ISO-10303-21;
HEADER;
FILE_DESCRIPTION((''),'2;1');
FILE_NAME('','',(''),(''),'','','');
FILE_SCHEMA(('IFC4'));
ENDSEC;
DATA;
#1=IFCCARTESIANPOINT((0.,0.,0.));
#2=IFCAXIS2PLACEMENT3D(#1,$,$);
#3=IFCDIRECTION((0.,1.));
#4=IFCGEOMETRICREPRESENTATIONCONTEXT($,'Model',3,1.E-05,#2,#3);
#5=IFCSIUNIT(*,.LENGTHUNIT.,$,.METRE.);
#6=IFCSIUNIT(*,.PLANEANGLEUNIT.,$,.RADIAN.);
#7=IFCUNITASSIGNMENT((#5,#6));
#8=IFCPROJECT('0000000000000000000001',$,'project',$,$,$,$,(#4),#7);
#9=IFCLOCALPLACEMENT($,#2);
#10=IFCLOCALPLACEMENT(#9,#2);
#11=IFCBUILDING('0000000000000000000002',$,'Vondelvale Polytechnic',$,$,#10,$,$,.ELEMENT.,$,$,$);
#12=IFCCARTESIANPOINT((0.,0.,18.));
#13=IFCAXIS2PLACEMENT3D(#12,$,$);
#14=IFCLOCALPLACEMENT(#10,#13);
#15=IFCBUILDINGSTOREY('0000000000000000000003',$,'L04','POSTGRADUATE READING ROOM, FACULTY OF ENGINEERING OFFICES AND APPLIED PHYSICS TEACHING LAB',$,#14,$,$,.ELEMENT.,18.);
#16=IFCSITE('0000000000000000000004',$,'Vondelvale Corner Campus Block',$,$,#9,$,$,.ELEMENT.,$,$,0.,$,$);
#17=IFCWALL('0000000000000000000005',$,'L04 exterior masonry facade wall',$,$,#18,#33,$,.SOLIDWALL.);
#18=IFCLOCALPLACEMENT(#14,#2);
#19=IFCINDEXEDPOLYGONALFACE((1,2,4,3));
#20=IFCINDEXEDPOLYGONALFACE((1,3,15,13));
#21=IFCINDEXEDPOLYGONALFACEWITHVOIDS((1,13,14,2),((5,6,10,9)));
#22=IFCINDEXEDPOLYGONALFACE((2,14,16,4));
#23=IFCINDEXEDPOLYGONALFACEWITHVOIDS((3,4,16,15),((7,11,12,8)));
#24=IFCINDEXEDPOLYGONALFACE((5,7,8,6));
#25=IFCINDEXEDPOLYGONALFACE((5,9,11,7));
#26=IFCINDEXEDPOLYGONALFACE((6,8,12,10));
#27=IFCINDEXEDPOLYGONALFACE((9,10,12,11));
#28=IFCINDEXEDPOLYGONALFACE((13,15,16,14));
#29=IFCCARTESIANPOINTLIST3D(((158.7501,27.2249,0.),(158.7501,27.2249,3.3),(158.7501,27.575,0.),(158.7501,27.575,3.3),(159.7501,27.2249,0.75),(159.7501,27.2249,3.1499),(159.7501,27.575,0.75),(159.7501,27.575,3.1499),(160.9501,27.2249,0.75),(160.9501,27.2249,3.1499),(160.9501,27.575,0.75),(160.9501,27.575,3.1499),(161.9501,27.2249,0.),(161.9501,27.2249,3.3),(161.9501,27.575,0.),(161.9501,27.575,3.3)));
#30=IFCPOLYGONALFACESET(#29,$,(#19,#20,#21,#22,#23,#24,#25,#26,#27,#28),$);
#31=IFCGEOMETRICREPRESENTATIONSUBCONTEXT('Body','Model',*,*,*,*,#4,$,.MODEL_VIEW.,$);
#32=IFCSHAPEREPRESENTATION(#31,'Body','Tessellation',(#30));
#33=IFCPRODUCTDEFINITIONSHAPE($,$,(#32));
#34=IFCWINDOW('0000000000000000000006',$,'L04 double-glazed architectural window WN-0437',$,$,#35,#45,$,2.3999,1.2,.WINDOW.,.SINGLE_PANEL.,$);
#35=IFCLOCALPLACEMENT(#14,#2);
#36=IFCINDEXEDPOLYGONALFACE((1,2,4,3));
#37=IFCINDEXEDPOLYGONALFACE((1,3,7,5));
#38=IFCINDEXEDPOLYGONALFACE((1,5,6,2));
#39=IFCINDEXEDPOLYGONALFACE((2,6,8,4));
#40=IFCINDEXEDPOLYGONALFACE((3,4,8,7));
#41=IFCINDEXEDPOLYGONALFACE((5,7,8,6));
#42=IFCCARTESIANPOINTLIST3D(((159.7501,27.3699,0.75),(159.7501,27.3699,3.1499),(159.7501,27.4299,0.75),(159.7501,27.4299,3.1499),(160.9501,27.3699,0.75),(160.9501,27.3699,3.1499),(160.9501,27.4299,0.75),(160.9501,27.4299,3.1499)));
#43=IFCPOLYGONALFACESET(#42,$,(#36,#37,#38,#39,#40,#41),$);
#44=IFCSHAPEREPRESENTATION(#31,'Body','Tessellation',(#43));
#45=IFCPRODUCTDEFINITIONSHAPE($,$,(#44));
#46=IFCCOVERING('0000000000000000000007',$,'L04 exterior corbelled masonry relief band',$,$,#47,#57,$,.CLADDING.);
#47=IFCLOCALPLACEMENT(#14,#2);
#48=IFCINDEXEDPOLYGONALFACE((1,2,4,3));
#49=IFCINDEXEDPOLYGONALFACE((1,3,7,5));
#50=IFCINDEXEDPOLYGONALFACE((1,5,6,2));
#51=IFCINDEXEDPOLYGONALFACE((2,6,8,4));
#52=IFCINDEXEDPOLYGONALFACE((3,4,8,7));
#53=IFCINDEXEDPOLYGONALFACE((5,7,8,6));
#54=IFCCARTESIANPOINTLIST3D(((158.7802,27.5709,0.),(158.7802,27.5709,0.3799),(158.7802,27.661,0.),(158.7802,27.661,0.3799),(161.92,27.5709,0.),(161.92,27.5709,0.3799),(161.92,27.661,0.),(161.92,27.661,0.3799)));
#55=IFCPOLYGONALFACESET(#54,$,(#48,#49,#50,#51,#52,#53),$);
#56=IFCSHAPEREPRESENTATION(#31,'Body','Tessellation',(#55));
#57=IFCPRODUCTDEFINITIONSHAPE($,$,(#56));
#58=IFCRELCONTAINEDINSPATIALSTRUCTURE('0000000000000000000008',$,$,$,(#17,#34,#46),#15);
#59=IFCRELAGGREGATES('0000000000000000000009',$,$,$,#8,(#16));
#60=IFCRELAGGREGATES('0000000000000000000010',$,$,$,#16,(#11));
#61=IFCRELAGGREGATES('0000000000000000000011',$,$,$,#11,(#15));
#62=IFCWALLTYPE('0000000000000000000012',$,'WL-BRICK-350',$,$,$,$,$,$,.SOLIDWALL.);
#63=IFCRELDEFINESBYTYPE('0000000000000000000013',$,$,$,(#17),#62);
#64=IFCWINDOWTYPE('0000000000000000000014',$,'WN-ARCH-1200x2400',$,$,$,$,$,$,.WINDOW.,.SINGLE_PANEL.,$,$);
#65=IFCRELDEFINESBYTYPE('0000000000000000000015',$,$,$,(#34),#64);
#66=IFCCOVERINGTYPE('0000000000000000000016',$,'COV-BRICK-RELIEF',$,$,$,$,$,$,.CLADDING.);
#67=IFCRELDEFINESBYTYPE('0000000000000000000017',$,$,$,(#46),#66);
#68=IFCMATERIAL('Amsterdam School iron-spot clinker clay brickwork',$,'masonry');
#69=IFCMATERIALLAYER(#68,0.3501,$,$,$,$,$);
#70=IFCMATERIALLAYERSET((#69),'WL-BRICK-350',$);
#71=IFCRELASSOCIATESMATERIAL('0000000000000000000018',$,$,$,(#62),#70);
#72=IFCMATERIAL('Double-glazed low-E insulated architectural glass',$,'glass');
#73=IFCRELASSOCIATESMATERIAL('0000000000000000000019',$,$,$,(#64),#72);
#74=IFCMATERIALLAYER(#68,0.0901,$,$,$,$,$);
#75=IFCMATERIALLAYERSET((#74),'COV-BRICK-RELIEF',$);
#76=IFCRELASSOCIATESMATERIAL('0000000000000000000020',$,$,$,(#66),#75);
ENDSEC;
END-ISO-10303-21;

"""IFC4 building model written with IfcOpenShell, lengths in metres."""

from ifc_helpers import new_model, si_unit, direction, frame, frame_2d, origin, origin_2d, place, context, subcontext, project, spatial, rectangle, extrude, material, layer, layer_set, type_object, element, fill, save


model = new_model("IFC4")

# Units and contexts
model_context = context("Model", 3, precision=1e-05, world=origin(), true_north=direction((0.0, 1.0)))
body_context = subcontext(model_context, "Body", "Model", "MODEL_VIEW")
ifc_project = project(units=[si_unit("LENGTHUNIT", "METRE"), si_unit("PLANEANGLEUNIT", "RADIAN")], contexts=[model_context])

# Site, building, storey
site_placement = place(None, origin())
site = spatial("IfcSite", under=ifc_project, at=site_placement, Name="Vondelvale Corner Campus Block", CompositionType="ELEMENT", RefElevation=0.0)
building_placement = place(site_placement, origin())
building = spatial("IfcBuilding", under=site, at=building_placement, Name="Vondelvale Polytechnic", CompositionType="ELEMENT")
storey_placement = place(building_placement, frame((0.0, 0.0, 18.0)))
storey = spatial("IfcBuildingStorey", under=building, at=storey_placement, Name="L04", Description="POSTGRADUATE READING ROOM, FACULTY OF ENGINEERING OFFICES AND APPLIED PHYSICS TEACHING LAB", CompositionType="ELEMENT", Elevation=18.0)

# Shared definitions
ifc_material_1 = material(Name="Double-glazed low-E insulated architectural glass", Category="glass")

# Wall, opening, window
ifc_material_2 = material(Name="Amsterdam School iron-spot clinker clay brickwork", Category="masonry")
ifc_layer_1 = layer(ifc_material_2, 0.3501)
ifc_layer_set_1 = layer_set([ifc_layer_1], Name="WL-BRICK-350")
wall_type = type_object("IfcWallType", Name="WL-BRICK-350", PredefinedType="SOLIDWALL", material=ifc_layer_set_1)
wall_placement = place(storey_placement, frame((158.75, 27.3999, 0.0), z_axis=(0.0, 0.0, 1.0), x_axis=(1.0, 0.0, 0.0)))
wall = element("IfcWall", 1, at=wall_placement, inside=storey, type_object=wall_type, Name="L04 exterior masonry facade wall", PredefinedType="SOLIDWALL", context=body_context, shape_type="SweptSolid", body=[
    extrude(rectangle(XDim=3.2, YDim=0.3501, at=frame_2d((1.6001, 0.0))), origin(), (0.0, 0.0, 1.0), 3.3),
])
opening_placement = place(wall_placement, frame((1.0, 0.0, 0.75)))
opening = element("IfcOpeningElement", 2, at=opening_placement, cuts=wall, PredefinedType="OPENING", context=body_context, shape_type="SweptSolid", body=[
    extrude(rectangle(XDim=1.2, YDim=2.3999, at=frame_2d((0.6001, 1.2))), frame((0.0, 0.1851, 0.0), z_axis=(0.0, -1.0, 0.0), x_axis=(1.0, 0.0, 0.0)), (0.0, 0.0, 1.0), 0.3701),
])
window_type = type_object("IfcWindowType", Name="WN-ARCH-1200x2400", PartitioningType="SINGLE_PANEL", PredefinedType="WINDOW", material=ifc_material_1)
window_placement = place(opening_placement, origin())
window = element("IfcWindow", 3, at=window_placement, inside=storey, type_object=window_type, Name="L04 double-glazed architectural window WN-0437", OverallHeight=2.3999, OverallWidth=1.2, PartitioningType="SINGLE_PANEL", PredefinedType="WINDOW", context=body_context, shape_type="SweptSolid", body=[
    extrude(rectangle(XDim=1.2, YDim=2.3999, at=frame_2d((0.6001, 1.2))), frame((0.0, 0.03, 0.0), z_axis=(0.0, -1.0, 0.0), x_axis=(1.0, 0.0, 0.0)), (0.0, 0.0, 1.0), 0.0601),
])
fill(opening, window)

# Covering
ifc_layer_2 = layer(ifc_material_2, 0.0901)
ifc_layer_set_2 = layer_set([ifc_layer_2], Name="COV-BRICK-RELIEF")
covering_type = type_object("IfcCoveringType", Name="COV-BRICK-RELIEF", PredefinedType="CLADDING", material=ifc_layer_set_2)
covering_placement = place(storey_placement, frame((160.3501, 27.616, 0.0), z_axis=(0.0, 0.0, 1.0), x_axis=(1.0, 0.0, 0.0)))
element("IfcCovering", 4, at=covering_placement, inside=storey, type_object=covering_type, Name="L04 exterior corbelled masonry relief band", PredefinedType="CLADDING", context=body_context, shape_type="SweptSolid", body=[
    extrude(rectangle(XDim=3.1399, YDim=0.0901, at=origin_2d()), origin(), (0.0, 0.0, 1.0), 0.3799),
])

save(model, "model.ifc")
